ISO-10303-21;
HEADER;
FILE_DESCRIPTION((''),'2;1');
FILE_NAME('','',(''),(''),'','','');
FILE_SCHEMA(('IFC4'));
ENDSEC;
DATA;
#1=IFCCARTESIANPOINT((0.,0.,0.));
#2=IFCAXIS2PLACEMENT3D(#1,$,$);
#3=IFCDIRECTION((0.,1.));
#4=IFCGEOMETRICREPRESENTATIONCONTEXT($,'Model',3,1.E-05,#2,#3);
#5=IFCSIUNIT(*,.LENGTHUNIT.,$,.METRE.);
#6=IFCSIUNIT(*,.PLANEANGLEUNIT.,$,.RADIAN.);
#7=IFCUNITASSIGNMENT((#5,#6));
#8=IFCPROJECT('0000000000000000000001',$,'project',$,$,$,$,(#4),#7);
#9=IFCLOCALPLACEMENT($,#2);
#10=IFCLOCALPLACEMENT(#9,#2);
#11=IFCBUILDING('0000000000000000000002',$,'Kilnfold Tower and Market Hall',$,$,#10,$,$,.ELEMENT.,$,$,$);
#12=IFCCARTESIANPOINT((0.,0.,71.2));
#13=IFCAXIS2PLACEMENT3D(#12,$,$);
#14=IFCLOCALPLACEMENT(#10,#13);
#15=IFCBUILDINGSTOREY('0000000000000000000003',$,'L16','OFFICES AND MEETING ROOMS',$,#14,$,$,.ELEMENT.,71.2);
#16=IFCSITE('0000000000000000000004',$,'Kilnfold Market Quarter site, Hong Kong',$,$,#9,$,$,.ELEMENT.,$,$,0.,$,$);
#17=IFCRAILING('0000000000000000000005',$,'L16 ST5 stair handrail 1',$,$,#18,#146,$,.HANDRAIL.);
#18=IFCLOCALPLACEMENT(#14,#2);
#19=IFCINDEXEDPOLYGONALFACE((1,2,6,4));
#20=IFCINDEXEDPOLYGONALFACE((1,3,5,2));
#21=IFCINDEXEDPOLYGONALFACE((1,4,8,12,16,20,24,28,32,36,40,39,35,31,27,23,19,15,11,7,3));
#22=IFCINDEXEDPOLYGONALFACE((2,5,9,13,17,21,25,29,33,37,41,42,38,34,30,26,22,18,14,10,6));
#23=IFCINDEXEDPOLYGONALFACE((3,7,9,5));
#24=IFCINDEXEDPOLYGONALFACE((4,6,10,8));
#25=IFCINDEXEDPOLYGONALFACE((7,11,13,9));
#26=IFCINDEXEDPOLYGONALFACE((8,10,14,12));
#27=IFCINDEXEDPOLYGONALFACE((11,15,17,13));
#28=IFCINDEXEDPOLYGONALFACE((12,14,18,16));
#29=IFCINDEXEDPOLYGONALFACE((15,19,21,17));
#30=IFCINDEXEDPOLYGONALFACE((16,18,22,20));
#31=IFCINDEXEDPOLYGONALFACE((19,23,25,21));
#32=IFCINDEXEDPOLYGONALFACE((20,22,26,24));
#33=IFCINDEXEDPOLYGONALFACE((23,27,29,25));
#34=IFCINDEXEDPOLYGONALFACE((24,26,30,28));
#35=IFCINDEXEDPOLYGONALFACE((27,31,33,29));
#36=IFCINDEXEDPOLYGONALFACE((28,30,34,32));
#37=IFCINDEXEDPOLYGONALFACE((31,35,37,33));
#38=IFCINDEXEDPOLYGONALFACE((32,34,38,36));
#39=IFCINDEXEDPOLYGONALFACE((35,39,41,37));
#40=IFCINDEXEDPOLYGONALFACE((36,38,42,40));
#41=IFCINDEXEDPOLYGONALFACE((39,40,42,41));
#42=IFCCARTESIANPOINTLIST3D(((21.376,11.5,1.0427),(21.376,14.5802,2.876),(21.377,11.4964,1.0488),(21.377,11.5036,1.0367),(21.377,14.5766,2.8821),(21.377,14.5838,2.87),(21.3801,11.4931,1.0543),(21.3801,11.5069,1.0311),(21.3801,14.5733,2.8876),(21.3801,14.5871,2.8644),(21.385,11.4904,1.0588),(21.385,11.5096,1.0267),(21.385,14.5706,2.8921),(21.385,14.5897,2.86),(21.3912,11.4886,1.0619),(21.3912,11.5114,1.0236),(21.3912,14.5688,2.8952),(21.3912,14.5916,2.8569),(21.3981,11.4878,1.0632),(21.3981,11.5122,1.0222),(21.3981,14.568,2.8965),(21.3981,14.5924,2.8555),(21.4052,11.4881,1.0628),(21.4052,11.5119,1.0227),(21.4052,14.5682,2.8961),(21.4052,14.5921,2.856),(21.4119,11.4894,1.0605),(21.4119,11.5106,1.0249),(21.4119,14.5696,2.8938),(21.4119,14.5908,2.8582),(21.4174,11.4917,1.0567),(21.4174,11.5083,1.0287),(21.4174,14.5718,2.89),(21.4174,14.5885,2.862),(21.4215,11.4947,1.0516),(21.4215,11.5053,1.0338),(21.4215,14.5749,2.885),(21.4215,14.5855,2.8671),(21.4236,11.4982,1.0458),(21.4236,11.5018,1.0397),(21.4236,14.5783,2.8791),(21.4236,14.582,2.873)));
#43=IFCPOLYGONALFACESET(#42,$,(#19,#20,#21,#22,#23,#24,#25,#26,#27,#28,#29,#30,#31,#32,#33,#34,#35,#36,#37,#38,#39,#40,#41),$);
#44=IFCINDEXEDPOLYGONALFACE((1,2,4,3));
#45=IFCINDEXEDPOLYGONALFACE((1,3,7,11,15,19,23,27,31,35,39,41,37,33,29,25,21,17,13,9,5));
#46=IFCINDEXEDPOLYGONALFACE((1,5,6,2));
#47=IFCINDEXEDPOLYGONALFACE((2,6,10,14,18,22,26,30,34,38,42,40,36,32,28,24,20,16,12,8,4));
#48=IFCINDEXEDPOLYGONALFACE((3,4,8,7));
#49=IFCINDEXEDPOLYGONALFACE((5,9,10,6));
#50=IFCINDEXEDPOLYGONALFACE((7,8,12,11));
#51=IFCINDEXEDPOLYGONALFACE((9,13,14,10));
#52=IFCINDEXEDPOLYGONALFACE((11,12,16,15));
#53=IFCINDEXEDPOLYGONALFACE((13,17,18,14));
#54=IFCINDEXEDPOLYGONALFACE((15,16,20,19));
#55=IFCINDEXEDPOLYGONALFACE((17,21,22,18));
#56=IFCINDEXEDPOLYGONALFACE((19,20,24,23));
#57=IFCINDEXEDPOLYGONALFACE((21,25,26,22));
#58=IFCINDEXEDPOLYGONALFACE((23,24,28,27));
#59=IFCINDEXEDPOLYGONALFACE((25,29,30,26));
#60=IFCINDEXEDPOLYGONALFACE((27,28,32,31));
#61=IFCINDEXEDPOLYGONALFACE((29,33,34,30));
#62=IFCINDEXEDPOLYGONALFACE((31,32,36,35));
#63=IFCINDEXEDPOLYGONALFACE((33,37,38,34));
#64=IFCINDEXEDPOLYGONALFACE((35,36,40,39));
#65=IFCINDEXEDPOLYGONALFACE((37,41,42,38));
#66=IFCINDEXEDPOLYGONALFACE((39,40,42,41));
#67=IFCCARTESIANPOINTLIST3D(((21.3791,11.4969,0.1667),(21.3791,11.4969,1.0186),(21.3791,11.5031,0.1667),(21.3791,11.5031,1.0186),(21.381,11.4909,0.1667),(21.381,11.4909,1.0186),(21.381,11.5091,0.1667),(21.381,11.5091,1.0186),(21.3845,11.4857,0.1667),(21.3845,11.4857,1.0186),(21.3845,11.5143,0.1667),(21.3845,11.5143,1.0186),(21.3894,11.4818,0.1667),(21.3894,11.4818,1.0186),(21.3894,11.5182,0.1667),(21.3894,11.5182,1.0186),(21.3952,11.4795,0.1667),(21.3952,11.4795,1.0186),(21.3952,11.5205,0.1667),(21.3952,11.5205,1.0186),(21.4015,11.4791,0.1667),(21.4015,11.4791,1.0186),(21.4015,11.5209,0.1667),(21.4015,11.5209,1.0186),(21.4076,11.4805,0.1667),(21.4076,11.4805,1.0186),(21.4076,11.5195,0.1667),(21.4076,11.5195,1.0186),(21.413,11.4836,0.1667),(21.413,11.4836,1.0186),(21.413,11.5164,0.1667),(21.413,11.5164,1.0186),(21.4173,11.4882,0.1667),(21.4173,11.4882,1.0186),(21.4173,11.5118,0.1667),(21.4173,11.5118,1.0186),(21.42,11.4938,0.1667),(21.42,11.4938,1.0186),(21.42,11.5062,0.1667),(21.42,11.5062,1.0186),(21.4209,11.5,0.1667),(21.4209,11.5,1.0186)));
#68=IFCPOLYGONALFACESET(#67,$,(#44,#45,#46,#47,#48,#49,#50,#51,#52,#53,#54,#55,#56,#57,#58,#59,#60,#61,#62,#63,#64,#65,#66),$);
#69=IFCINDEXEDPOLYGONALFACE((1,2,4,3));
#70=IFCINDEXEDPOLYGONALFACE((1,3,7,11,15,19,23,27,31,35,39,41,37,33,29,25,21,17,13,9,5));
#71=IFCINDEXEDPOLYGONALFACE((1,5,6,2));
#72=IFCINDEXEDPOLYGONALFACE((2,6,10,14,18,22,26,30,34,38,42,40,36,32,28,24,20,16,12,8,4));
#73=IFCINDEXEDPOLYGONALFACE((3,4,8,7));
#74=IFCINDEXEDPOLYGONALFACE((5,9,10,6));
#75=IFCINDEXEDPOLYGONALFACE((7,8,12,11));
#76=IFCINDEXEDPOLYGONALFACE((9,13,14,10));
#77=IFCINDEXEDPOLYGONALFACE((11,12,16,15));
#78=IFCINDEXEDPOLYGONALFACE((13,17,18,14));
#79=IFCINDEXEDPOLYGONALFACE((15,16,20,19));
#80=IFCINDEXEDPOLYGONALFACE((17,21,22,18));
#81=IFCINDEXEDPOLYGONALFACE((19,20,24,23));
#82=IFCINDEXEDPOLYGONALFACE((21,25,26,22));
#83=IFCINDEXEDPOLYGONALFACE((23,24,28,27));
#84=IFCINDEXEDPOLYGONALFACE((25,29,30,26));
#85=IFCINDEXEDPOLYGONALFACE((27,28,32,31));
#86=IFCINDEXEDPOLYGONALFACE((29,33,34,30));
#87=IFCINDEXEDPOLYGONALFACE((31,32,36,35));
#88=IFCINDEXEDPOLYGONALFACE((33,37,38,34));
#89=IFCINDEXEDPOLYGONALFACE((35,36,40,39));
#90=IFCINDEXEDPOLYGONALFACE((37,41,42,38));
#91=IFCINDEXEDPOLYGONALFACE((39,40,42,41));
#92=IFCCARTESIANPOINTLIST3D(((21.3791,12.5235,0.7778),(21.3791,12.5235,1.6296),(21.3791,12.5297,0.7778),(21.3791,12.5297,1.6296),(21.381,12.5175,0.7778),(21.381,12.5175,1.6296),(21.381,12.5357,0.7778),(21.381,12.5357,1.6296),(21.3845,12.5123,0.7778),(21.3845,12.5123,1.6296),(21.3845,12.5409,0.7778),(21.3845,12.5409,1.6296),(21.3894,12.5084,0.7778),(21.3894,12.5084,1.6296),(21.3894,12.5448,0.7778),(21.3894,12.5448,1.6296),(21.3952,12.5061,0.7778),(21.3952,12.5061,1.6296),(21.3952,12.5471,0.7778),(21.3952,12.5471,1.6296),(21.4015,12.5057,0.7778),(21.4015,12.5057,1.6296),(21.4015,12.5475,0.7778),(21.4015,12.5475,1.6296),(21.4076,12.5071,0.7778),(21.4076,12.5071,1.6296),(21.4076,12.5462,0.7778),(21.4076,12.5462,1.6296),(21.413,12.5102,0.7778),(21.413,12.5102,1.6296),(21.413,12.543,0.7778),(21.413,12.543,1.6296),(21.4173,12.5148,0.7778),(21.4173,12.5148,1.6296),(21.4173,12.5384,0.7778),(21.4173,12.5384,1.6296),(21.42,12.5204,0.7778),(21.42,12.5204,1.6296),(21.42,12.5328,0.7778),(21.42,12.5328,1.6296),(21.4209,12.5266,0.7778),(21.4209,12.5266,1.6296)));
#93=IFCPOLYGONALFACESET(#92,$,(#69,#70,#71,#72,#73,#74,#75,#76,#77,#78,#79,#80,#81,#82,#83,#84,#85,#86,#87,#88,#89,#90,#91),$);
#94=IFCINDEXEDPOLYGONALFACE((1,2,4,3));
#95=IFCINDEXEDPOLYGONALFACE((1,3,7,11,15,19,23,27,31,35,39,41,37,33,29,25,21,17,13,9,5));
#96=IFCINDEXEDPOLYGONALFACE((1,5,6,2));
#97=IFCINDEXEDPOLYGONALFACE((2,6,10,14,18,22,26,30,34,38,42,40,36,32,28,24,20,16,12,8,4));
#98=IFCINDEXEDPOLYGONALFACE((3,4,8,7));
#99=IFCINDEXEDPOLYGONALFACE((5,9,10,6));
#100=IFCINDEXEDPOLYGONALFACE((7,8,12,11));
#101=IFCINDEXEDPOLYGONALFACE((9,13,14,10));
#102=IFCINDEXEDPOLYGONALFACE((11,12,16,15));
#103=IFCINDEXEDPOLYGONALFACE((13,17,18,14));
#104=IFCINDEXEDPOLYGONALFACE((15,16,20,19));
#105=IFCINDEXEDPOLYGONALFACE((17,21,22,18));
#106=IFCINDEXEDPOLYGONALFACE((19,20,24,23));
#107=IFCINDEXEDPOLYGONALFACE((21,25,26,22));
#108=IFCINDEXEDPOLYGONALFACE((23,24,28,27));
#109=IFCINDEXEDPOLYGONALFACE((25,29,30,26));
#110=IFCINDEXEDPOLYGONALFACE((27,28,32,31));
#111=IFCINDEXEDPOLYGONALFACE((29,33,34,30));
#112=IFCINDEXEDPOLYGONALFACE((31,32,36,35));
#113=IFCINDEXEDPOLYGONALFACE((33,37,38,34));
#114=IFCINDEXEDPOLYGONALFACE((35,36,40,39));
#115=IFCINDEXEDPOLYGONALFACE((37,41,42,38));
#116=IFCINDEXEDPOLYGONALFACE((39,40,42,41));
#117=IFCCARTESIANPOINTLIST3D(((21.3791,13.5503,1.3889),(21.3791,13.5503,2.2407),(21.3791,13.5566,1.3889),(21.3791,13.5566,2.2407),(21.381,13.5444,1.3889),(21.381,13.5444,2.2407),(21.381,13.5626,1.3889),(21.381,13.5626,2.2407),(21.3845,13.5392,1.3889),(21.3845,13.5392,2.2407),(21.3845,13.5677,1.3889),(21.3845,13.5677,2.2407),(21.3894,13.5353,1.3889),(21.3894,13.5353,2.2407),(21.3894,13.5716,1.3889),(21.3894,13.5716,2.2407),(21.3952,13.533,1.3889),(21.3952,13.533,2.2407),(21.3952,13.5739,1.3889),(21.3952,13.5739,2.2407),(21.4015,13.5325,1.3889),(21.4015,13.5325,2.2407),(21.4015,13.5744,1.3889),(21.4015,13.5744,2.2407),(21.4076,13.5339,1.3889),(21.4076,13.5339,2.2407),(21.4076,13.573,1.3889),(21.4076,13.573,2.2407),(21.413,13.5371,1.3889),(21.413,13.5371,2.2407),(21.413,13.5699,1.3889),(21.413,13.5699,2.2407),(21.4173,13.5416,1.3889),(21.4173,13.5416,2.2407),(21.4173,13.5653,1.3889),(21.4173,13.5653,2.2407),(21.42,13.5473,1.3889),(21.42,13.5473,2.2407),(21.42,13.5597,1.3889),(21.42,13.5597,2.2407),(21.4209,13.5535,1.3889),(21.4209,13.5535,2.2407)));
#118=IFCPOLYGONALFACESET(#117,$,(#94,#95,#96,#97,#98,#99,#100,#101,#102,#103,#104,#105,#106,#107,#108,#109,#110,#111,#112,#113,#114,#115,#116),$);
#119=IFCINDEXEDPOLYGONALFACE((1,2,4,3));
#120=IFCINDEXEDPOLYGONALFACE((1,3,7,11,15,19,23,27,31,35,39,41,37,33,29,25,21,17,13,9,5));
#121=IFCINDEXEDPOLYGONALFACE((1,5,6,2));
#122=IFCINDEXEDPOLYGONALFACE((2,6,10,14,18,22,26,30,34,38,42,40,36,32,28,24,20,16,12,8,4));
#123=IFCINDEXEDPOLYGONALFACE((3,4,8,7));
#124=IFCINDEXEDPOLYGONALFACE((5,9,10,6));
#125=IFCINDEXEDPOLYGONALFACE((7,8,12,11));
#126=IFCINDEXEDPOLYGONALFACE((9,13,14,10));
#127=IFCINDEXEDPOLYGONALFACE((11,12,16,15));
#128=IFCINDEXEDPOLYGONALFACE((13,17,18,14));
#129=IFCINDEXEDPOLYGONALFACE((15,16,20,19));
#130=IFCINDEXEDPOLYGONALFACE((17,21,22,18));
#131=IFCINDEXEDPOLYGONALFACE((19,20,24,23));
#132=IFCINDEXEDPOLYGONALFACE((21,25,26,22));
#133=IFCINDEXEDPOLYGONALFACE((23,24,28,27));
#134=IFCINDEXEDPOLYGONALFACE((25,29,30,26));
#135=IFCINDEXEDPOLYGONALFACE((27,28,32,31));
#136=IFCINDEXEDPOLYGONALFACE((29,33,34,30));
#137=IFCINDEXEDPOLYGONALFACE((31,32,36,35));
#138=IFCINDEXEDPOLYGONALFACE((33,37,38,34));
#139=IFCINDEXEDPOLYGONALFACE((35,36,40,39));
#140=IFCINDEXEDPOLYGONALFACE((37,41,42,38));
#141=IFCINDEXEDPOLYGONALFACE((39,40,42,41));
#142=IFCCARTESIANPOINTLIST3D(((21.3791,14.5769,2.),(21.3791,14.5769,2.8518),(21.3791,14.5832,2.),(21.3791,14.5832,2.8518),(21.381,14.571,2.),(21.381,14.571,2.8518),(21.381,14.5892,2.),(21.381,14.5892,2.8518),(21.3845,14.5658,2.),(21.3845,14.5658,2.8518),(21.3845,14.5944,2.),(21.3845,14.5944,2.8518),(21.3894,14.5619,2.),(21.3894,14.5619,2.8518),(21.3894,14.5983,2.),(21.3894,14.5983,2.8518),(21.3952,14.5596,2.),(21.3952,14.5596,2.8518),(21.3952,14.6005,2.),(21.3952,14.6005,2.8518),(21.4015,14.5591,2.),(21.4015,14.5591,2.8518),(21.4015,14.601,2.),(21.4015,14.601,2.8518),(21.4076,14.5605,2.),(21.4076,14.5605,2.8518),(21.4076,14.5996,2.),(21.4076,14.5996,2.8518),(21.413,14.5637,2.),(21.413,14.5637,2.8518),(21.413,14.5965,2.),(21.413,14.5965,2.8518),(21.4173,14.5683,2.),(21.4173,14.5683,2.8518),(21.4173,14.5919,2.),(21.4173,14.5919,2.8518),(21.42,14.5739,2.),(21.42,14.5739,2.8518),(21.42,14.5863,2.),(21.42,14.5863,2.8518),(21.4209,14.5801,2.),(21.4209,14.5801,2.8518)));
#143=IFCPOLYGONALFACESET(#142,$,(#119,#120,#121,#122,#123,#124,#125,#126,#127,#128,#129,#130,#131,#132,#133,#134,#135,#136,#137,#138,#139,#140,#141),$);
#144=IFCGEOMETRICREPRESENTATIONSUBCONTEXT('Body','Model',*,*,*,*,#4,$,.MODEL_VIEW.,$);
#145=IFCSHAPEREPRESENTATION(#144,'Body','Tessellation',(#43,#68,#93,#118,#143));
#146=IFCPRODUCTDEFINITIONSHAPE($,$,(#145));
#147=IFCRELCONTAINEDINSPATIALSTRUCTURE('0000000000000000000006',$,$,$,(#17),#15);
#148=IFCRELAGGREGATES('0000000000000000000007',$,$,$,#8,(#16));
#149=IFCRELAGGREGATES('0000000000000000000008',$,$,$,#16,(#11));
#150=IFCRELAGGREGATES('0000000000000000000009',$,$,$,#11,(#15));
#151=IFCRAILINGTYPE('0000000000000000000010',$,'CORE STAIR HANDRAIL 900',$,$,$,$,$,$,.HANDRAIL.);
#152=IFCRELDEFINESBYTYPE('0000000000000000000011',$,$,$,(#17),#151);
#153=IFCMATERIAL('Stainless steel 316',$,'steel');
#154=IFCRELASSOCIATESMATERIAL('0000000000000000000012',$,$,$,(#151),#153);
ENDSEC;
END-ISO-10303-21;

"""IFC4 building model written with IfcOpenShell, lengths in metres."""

from ifc_helpers import new_model, si_unit, direction, frame, origin, origin_2d, place, context, subcontext, project, spatial, circle, extrude, material, type_object, element, save


model = new_model("IFC4")

# Units and contexts
model_context = context("Model", 3, precision=1e-05, world=origin(), true_north=direction((0.0, 1.0)))
body_context = subcontext(model_context, "Body", "Model", "MODEL_VIEW")
ifc_project = project(units=[si_unit("LENGTHUNIT", "METRE"), si_unit("PLANEANGLEUNIT", "RADIAN")], contexts=[model_context])

# Site, building, storey
site_placement = place(None, origin())
site = spatial("IfcSite", under=ifc_project, at=site_placement, Name="Kilnfold Market Quarter site, Hong Kong", CompositionType="ELEMENT", RefElevation=0.0)
building_placement = place(site_placement, origin())
building = spatial("IfcBuilding", under=site, at=building_placement, Name="Kilnfold Tower and Market Hall", CompositionType="ELEMENT")
storey_placement = place(building_placement, frame((0.0, 0.0, 71.2)))
storey = spatial("IfcBuildingStorey", under=building, at=storey_placement, Name="L16", Description="OFFICES AND MEETING ROOMS", CompositionType="ELEMENT", Elevation=71.2)

# Railing
ifc_material_1 = material(Name="Stainless steel 316", Category="steel")
railing_type_1 = type_object("IfcRailingType", Name="CORE STAIR HANDRAIL 900", PredefinedType="HANDRAIL", material=ifc_material_1)
railing_1_placement = place(storey_placement, frame((21.3999, 11.5, 0.1667)))
element("IfcRailing", 1, at=railing_1_placement, inside=storey, type_object=railing_type_1, Name="L16 ST5 stair handrail 1", PredefinedType="HANDRAIL", context=body_context, shape_type="SweptSolid", body=[
    extrude(circle(Radius=0.0239, at=origin_2d()), frame((0.0, 0.0, 0.876), z_axis=(0.0, 0.859309, 0.511458), x_axis=(-1.0, 0.0, 0.0)), (0.0, 0.0, 1.0), 3.5845),
    extrude(circle(Radius=0.021, at=origin_2d()), origin(), (0.0, 0.0, 1.0), 0.8518),
    extrude(circle(Radius=0.021, at=origin_2d()), frame((0.0, 1.0266, 0.6111)), (0.0, 0.0, 1.0), 0.8518),
    extrude(circle(Radius=0.021, at=origin_2d()), frame((0.0, 2.0535, 1.2222)), (0.0, 0.0, 1.0), 0.8518),
    extrude(circle(Radius=0.021, at=origin_2d()), frame((0.0, 3.0801, 1.8333)), (0.0, 0.0, 1.0), 0.8518),
])

save(model, "model.ifc")
